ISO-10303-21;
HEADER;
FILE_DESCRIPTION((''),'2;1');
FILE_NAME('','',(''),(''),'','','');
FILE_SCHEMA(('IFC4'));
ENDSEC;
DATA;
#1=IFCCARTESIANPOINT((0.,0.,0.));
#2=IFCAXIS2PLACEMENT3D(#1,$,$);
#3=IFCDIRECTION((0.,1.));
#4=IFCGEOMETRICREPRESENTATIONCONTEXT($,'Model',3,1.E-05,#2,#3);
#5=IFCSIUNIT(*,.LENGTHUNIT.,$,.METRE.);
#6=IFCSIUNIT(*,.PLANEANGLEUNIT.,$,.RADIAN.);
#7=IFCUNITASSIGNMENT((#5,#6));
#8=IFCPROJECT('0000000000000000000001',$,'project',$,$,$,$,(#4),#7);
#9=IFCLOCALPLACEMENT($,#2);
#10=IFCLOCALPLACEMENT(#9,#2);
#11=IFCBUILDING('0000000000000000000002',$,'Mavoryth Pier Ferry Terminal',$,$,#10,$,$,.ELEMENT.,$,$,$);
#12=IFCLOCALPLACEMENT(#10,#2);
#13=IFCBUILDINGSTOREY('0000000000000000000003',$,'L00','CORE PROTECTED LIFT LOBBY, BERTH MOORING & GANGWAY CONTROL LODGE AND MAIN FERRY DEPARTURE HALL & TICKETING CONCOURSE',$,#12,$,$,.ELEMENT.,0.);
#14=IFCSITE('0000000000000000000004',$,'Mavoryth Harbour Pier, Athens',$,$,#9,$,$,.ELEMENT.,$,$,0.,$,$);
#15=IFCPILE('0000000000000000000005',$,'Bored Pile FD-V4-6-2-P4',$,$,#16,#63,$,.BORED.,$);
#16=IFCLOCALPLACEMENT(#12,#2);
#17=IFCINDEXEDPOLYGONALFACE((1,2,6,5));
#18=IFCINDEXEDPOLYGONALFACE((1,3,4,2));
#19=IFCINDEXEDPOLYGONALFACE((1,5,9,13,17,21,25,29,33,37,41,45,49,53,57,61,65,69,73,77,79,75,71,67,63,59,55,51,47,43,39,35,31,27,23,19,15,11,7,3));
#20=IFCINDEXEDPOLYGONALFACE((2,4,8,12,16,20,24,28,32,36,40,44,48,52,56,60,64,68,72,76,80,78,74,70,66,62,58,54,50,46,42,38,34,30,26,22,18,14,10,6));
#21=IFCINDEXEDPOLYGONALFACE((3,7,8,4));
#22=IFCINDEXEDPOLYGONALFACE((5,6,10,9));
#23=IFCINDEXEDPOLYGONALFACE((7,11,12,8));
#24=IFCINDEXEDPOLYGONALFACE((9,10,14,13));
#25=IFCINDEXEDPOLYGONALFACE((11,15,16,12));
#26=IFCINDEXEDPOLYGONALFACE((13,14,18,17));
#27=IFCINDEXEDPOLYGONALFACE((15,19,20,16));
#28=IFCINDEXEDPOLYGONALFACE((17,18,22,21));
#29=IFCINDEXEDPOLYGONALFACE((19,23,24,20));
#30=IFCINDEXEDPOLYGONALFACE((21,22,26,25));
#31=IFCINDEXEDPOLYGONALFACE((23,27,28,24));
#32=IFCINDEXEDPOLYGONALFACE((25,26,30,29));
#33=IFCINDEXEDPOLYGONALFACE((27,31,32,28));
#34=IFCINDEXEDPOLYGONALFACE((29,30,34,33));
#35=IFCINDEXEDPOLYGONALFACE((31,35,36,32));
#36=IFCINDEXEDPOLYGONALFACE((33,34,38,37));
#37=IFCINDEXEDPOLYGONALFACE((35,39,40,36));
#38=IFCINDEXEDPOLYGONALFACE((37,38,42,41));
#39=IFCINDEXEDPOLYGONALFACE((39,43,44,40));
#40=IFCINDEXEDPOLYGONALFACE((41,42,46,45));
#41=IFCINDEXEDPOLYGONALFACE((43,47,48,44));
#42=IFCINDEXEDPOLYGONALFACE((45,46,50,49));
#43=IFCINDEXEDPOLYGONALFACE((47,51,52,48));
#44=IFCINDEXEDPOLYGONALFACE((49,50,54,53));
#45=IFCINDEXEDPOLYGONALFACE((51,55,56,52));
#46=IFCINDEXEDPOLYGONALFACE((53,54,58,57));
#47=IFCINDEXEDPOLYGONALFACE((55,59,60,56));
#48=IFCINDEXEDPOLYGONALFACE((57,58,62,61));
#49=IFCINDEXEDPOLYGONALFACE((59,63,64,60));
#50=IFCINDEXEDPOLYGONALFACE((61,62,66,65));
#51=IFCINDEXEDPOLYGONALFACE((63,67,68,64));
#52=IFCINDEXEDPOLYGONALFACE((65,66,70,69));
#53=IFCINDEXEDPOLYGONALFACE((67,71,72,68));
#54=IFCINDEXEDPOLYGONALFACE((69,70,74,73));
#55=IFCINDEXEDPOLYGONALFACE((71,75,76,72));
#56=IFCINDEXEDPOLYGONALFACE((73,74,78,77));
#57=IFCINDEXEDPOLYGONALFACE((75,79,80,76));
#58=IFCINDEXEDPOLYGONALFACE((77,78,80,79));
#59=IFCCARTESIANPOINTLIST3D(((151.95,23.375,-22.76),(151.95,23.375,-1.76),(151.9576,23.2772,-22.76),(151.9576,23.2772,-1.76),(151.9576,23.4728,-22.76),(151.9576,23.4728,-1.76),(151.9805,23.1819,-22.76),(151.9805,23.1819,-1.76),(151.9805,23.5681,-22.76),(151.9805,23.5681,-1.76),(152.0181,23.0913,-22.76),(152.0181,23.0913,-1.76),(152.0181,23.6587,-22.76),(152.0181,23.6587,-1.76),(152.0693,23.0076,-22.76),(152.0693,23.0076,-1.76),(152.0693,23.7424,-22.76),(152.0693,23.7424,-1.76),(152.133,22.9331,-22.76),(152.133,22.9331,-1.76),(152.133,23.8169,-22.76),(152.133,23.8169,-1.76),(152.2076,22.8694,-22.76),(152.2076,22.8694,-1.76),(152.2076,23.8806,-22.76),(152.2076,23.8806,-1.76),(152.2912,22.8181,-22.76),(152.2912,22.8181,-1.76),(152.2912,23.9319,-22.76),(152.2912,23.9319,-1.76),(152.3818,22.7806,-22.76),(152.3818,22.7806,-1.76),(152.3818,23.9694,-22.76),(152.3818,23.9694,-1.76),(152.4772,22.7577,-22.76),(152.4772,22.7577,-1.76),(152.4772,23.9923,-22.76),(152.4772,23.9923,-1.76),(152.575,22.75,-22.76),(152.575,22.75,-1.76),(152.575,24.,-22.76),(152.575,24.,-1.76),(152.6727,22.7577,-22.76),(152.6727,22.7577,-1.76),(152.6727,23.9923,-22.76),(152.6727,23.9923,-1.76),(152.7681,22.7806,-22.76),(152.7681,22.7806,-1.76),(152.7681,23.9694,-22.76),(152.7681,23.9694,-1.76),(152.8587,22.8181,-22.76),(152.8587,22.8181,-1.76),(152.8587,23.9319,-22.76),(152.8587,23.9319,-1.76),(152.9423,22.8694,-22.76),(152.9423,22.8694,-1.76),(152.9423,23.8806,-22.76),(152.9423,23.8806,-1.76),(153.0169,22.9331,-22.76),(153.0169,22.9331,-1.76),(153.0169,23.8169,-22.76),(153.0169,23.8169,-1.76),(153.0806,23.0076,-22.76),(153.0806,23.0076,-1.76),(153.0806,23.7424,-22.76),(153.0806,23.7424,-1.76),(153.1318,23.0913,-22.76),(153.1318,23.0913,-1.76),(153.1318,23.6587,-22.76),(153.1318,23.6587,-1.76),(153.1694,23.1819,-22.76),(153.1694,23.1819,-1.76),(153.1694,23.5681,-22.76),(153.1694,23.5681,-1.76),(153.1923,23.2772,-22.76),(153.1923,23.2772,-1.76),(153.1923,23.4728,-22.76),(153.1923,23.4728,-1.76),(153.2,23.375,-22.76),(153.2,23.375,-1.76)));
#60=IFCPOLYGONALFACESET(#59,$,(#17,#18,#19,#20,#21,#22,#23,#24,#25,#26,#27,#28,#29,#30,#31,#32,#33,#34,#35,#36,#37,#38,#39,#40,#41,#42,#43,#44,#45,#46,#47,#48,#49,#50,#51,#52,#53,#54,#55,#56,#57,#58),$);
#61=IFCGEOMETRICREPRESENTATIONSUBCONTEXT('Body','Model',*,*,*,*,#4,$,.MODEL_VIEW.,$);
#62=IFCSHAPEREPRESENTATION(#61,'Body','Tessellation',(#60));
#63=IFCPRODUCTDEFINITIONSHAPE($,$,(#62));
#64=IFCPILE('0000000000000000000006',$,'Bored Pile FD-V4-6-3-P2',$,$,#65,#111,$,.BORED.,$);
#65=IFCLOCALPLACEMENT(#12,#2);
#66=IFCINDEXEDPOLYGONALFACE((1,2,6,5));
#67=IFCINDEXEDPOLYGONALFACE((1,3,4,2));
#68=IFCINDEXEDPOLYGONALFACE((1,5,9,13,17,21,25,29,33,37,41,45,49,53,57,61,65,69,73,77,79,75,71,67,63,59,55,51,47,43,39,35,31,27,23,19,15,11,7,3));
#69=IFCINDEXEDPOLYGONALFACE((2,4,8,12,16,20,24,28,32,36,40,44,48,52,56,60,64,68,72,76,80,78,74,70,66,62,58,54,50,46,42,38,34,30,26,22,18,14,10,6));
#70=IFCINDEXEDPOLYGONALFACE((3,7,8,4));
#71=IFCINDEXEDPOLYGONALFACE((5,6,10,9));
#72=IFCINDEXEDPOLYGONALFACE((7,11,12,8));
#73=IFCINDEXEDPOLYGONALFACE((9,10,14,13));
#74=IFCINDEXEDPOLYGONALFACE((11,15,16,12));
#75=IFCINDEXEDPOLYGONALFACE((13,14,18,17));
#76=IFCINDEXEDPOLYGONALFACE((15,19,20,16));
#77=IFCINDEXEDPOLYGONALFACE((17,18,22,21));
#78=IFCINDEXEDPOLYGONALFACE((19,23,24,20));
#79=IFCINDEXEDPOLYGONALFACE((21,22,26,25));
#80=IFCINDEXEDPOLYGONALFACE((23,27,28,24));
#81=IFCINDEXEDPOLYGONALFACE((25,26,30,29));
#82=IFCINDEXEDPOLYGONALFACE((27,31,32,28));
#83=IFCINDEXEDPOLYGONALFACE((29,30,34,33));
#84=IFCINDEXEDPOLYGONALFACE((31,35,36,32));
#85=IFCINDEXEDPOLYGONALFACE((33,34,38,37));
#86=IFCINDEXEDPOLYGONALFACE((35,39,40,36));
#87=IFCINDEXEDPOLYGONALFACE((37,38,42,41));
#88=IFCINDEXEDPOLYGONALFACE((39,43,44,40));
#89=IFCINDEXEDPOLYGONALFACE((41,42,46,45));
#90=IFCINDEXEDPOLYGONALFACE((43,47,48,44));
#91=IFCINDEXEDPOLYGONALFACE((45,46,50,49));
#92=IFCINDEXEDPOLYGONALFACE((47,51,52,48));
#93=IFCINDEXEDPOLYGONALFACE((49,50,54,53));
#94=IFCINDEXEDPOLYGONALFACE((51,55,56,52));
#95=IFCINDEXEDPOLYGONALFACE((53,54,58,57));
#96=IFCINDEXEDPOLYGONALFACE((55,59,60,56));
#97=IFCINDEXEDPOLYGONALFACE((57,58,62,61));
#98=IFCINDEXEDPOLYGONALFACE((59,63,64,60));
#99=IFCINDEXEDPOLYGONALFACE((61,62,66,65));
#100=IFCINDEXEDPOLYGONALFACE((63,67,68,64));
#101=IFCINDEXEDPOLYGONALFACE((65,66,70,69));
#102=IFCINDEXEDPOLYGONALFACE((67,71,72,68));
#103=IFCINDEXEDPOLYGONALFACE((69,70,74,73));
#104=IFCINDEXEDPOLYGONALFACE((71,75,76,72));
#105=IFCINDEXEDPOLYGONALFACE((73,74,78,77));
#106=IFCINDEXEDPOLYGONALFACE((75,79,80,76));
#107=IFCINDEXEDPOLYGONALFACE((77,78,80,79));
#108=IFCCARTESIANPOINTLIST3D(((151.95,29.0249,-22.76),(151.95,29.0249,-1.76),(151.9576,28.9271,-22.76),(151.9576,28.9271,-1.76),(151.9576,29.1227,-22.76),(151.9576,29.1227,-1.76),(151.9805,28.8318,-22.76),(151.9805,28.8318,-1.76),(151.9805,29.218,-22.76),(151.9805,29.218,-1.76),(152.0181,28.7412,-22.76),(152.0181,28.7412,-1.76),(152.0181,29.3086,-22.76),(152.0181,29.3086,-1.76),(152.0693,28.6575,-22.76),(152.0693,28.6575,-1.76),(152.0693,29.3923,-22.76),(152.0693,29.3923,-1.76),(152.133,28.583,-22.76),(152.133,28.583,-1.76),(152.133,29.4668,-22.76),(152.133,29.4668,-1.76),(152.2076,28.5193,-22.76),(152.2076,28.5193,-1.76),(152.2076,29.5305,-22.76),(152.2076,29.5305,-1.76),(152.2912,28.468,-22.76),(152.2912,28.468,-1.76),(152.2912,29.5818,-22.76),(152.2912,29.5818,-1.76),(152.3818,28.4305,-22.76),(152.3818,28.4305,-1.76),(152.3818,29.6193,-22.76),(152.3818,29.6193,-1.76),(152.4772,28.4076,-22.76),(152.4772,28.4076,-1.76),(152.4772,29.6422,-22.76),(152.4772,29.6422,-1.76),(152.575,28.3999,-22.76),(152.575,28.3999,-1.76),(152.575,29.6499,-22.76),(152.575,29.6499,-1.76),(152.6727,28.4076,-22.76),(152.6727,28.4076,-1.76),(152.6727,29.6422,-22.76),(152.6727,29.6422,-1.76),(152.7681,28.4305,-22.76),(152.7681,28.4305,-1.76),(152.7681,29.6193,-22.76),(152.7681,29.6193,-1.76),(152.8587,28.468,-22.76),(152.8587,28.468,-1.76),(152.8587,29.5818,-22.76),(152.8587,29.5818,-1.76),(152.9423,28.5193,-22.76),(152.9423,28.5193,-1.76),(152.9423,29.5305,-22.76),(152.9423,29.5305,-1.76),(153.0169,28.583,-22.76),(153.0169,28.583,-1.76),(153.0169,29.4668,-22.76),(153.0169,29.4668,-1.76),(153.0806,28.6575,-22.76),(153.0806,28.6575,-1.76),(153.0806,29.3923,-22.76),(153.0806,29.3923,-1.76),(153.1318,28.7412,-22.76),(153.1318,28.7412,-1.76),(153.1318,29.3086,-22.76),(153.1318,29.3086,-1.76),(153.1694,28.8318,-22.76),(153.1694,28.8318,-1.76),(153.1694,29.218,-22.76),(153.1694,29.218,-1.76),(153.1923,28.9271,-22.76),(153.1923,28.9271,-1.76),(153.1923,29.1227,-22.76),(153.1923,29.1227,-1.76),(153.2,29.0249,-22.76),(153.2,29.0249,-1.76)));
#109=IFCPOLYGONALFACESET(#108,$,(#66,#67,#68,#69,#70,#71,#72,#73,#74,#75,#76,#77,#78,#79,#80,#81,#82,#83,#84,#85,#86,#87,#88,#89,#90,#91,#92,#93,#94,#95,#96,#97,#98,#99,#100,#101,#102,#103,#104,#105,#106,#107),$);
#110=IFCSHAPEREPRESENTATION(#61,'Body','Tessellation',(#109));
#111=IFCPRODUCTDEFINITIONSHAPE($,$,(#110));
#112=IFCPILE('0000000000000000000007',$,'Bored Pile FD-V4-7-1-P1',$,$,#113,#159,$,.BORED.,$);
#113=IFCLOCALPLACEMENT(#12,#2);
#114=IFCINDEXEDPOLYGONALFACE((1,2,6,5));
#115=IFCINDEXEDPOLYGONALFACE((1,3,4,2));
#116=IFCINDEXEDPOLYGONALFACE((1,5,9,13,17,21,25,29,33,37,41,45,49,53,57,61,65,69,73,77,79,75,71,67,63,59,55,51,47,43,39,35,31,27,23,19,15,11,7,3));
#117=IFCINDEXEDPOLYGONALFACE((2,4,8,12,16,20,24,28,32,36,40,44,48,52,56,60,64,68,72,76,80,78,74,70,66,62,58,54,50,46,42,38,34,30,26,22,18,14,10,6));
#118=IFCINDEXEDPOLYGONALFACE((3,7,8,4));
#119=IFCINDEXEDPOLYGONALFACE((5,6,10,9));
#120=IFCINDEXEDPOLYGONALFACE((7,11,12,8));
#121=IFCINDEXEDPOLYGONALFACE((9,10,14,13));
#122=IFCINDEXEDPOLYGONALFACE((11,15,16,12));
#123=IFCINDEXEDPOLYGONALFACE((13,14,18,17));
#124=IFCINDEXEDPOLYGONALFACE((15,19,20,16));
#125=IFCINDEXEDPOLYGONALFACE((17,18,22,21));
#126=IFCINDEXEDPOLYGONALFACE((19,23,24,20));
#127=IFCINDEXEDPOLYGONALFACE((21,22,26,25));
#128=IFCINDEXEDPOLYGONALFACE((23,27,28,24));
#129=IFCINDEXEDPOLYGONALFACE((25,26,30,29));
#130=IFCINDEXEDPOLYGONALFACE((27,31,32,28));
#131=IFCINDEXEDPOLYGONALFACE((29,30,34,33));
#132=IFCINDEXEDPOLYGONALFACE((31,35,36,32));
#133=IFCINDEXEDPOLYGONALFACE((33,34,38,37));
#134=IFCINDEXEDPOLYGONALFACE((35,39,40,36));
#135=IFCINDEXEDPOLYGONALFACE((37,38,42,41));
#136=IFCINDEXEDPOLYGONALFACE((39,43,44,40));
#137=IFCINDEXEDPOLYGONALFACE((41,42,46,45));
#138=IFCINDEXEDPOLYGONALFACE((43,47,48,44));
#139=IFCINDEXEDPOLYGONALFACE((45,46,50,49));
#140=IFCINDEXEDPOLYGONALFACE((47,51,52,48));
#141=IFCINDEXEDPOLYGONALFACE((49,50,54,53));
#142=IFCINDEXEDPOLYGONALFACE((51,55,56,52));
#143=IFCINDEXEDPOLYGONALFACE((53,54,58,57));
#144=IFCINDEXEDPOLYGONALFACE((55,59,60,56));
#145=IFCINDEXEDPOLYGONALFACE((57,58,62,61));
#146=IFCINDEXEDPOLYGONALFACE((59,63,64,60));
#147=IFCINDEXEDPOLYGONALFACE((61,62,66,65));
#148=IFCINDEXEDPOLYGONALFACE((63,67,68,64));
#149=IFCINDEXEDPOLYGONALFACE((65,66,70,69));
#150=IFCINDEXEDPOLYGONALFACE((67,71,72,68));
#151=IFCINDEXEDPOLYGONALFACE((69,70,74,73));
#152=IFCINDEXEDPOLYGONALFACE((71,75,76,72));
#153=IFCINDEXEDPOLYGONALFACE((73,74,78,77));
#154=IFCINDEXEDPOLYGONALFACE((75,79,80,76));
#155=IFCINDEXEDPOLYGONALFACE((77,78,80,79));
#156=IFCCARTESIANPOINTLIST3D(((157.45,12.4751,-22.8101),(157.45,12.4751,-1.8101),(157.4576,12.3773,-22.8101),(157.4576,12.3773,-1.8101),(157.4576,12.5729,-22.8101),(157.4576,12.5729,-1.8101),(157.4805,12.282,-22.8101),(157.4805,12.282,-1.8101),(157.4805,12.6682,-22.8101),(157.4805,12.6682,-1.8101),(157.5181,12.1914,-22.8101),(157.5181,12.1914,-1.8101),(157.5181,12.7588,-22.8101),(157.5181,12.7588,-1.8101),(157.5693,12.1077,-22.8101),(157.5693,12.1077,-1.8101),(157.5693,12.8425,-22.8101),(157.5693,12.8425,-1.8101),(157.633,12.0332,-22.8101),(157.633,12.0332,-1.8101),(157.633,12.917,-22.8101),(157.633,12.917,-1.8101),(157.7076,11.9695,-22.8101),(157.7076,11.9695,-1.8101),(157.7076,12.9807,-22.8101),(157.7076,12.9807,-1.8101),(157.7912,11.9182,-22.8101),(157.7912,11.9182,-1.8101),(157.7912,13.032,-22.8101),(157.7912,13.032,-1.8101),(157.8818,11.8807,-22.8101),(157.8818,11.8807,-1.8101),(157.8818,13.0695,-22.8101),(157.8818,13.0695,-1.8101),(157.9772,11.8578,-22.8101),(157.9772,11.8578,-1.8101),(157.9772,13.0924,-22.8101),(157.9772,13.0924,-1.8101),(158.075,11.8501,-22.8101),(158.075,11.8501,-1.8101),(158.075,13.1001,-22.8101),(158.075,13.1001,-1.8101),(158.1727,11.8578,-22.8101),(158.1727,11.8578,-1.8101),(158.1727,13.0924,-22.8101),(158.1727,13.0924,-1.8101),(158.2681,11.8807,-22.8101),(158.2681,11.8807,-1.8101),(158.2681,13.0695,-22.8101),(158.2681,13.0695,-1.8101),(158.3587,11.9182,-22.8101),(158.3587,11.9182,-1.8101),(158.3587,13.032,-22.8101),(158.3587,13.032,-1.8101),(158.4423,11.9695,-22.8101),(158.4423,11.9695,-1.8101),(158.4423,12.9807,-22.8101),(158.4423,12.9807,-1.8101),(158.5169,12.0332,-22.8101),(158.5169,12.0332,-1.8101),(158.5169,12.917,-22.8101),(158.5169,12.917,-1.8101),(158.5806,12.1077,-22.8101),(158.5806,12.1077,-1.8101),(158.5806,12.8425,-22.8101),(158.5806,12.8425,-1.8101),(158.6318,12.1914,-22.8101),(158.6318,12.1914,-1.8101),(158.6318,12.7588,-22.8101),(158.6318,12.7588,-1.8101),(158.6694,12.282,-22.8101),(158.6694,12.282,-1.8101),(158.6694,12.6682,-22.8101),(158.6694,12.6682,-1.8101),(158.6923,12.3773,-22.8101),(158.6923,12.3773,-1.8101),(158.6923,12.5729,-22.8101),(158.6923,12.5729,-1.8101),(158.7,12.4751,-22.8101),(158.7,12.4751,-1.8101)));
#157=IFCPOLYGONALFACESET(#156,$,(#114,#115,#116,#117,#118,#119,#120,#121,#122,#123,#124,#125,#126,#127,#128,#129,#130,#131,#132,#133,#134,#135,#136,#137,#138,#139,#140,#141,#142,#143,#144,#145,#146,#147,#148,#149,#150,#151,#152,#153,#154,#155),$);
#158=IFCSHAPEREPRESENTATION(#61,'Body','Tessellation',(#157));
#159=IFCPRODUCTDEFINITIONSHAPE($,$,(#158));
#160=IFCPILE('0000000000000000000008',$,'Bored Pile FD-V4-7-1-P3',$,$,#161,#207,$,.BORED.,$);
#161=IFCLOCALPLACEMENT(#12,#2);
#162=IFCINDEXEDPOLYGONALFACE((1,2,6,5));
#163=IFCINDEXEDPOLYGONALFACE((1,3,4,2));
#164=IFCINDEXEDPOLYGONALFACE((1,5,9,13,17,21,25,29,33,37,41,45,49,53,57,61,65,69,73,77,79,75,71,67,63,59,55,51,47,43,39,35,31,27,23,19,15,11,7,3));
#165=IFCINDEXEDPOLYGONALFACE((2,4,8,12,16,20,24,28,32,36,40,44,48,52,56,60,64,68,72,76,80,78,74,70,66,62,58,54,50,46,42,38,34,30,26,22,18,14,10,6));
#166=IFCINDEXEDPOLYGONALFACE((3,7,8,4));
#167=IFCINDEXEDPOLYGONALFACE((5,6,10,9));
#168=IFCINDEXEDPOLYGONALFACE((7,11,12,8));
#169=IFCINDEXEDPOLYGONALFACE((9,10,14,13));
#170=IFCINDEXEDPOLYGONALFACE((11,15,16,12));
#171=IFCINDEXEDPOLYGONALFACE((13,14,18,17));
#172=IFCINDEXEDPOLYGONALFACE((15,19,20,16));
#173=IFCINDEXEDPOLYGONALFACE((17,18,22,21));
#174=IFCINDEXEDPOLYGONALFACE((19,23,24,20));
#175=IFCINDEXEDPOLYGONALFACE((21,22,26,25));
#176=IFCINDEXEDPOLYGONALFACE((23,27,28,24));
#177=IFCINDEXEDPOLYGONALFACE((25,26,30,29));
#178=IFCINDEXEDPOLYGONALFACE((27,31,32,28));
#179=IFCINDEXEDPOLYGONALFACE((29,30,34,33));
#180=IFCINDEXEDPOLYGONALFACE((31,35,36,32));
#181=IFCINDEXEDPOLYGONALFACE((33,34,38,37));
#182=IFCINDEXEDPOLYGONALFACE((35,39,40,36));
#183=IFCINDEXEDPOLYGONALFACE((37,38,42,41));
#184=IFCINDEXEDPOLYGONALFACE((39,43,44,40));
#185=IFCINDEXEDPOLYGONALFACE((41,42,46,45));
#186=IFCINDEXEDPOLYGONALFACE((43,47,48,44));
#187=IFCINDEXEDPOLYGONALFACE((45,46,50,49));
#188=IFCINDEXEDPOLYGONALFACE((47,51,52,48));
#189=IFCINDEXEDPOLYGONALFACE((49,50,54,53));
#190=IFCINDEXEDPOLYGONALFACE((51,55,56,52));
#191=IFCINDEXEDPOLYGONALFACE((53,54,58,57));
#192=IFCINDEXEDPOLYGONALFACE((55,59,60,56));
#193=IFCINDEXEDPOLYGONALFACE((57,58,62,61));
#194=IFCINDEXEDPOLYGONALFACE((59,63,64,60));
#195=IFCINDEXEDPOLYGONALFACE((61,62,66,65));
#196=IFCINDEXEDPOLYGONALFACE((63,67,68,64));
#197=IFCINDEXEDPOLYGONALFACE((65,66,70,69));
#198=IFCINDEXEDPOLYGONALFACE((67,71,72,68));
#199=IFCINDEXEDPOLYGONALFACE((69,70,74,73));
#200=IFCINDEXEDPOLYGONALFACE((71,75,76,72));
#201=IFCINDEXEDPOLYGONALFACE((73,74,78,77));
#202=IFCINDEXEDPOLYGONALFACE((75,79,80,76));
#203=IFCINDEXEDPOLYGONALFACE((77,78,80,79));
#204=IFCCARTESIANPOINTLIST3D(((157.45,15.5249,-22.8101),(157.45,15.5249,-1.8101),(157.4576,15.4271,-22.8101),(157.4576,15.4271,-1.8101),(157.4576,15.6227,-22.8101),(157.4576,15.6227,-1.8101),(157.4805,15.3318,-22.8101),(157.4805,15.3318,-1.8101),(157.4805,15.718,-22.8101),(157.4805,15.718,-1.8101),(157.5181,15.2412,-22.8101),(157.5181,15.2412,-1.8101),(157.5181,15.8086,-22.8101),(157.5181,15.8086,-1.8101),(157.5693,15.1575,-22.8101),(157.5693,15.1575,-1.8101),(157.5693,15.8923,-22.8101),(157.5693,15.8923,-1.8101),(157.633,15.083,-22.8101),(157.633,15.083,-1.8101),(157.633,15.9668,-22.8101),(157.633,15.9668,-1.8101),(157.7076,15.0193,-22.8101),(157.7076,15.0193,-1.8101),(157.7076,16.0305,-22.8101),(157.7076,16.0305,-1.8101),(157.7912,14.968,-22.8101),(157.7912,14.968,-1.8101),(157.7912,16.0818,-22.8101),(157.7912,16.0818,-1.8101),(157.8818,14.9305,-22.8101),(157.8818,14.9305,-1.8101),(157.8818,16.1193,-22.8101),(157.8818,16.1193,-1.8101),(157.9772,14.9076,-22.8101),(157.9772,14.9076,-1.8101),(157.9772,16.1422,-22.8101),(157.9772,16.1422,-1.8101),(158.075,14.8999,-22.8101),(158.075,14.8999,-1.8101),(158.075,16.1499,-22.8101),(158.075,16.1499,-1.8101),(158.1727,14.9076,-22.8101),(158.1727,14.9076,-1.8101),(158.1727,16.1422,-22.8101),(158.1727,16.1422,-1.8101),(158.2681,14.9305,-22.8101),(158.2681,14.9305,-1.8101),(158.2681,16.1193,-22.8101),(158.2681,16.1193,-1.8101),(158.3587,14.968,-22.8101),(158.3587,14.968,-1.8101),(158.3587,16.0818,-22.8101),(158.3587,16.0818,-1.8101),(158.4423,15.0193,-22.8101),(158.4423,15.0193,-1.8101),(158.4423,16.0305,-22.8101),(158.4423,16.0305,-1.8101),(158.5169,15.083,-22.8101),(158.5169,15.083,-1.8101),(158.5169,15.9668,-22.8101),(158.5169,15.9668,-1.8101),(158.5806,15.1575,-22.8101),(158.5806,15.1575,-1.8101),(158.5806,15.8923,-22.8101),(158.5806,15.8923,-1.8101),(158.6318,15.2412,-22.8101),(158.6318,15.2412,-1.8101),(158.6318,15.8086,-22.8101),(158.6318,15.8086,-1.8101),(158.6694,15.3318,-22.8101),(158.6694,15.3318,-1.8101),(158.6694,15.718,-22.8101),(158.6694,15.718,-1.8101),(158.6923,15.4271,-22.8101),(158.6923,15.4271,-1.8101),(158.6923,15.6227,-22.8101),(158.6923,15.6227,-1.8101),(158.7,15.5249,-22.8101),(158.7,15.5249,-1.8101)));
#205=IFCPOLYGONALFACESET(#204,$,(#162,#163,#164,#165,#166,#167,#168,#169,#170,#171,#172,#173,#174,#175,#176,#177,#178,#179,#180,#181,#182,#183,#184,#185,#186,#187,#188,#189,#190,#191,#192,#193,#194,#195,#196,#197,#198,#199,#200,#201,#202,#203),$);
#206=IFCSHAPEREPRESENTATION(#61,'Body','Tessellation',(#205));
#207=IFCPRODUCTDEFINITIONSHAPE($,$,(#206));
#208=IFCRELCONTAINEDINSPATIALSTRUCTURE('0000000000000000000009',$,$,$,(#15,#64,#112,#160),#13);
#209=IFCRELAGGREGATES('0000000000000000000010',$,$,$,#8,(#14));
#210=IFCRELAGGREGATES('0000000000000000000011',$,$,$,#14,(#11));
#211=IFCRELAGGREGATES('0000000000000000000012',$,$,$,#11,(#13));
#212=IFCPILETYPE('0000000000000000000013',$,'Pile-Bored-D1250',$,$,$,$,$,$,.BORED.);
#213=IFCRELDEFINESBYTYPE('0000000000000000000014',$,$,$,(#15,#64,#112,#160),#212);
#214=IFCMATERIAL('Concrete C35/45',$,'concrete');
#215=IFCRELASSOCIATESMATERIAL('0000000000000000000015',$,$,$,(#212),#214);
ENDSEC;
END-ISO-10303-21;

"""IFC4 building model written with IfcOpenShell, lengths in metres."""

from ifc_helpers import new_model, si_unit, direction, frame, origin, origin_2d, place, context, subcontext, project, spatial, circle, extrude, material, material_profile, profile_set, type_object, element, save


model = new_model("IFC4")

# Units and contexts
model_context = context("Model", 3, precision=1e-05, world=origin(), true_north=direction((0.0, 1.0)))
body_context = subcontext(model_context, "Body", "Model", "MODEL_VIEW")
ifc_project = project(units=[si_unit("LENGTHUNIT", "METRE"), si_unit("PLANEANGLEUNIT", "RADIAN")], contexts=[model_context])

# Site, building, storey
site_placement = place(None, origin())
site = spatial("IfcSite", under=ifc_project, at=site_placement, Name="Mavoryth Harbour Pier, Athens", CompositionType="ELEMENT", RefElevation=0.0)
building_placement = place(site_placement, origin())
building = spatial("IfcBuilding", under=site, at=building_placement, Name="Mavoryth Pier Ferry Terminal", CompositionType="ELEMENT")
storey_placement = place(building_placement, origin())
storey = spatial("IfcBuildingStorey", under=building, at=storey_placement, Name="L00", Description="CORE PROTECTED LIFT LOBBY, BERTH MOORING & GANGWAY CONTROL LODGE AND MAIN FERRY DEPARTURE HALL & TICKETING CONCOURSE", CompositionType="ELEMENT", Elevation=0.0)

# Shared definitions
ifc_material_1 = material(Name="Concrete C35/45", Category="concrete")

# Piles
ifc_material_profile_1 = material_profile(ifc_material_1, circle(Radius=0.625, at=origin_2d()), Name="PILE D1250", Category="concrete")
ifc_profile_set_1 = profile_set([ifc_material_profile_1], Name="Concrete C35/45 - PILE D1250")
pile_type = type_object("IfcPileType", Name="Pile-Bored-D1250", PredefinedType="BORED", material=ifc_profile_set_1)
for number, where, z_axis, x_axis, name in (
    (1, (152.575, 23.375, -1.76), (0.0, 0.0, -1.0), (1.0, 0.0, 0.0), "Bored Pile FD-V4-6-2-P4"),
    (2, (152.575, 29.0249, -1.76), (0.0, 0.0, -1.0), (1.0, 0.0, 0.0), "Bored Pile FD-V4-6-3-P2"),
    (3, (158.075, 12.4751, -1.8101), (0.0, 0.0, -1.0), (1.0, 0.0, 0.0), "Bored Pile FD-V4-7-1-P1"),
    (4, (158.075, 15.5249, -1.8101), (0.0, 0.0, -1.0), (1.0, 0.0, 0.0), "Bored Pile FD-V4-7-1-P3"),
):
    element("IfcPile", number, at=place(storey_placement, frame(where, z_axis=z_axis, x_axis=x_axis)), inside=storey, type_object=pile_type, Name=name, PredefinedType="BORED", context=body_context, shape_type="SweptSolid", body=[
        extrude(circle(Radius=0.625, at=origin_2d()), origin(), (0.0, 0.0, 1.0), 21.0),
    ])

save(model, "model.ifc")
